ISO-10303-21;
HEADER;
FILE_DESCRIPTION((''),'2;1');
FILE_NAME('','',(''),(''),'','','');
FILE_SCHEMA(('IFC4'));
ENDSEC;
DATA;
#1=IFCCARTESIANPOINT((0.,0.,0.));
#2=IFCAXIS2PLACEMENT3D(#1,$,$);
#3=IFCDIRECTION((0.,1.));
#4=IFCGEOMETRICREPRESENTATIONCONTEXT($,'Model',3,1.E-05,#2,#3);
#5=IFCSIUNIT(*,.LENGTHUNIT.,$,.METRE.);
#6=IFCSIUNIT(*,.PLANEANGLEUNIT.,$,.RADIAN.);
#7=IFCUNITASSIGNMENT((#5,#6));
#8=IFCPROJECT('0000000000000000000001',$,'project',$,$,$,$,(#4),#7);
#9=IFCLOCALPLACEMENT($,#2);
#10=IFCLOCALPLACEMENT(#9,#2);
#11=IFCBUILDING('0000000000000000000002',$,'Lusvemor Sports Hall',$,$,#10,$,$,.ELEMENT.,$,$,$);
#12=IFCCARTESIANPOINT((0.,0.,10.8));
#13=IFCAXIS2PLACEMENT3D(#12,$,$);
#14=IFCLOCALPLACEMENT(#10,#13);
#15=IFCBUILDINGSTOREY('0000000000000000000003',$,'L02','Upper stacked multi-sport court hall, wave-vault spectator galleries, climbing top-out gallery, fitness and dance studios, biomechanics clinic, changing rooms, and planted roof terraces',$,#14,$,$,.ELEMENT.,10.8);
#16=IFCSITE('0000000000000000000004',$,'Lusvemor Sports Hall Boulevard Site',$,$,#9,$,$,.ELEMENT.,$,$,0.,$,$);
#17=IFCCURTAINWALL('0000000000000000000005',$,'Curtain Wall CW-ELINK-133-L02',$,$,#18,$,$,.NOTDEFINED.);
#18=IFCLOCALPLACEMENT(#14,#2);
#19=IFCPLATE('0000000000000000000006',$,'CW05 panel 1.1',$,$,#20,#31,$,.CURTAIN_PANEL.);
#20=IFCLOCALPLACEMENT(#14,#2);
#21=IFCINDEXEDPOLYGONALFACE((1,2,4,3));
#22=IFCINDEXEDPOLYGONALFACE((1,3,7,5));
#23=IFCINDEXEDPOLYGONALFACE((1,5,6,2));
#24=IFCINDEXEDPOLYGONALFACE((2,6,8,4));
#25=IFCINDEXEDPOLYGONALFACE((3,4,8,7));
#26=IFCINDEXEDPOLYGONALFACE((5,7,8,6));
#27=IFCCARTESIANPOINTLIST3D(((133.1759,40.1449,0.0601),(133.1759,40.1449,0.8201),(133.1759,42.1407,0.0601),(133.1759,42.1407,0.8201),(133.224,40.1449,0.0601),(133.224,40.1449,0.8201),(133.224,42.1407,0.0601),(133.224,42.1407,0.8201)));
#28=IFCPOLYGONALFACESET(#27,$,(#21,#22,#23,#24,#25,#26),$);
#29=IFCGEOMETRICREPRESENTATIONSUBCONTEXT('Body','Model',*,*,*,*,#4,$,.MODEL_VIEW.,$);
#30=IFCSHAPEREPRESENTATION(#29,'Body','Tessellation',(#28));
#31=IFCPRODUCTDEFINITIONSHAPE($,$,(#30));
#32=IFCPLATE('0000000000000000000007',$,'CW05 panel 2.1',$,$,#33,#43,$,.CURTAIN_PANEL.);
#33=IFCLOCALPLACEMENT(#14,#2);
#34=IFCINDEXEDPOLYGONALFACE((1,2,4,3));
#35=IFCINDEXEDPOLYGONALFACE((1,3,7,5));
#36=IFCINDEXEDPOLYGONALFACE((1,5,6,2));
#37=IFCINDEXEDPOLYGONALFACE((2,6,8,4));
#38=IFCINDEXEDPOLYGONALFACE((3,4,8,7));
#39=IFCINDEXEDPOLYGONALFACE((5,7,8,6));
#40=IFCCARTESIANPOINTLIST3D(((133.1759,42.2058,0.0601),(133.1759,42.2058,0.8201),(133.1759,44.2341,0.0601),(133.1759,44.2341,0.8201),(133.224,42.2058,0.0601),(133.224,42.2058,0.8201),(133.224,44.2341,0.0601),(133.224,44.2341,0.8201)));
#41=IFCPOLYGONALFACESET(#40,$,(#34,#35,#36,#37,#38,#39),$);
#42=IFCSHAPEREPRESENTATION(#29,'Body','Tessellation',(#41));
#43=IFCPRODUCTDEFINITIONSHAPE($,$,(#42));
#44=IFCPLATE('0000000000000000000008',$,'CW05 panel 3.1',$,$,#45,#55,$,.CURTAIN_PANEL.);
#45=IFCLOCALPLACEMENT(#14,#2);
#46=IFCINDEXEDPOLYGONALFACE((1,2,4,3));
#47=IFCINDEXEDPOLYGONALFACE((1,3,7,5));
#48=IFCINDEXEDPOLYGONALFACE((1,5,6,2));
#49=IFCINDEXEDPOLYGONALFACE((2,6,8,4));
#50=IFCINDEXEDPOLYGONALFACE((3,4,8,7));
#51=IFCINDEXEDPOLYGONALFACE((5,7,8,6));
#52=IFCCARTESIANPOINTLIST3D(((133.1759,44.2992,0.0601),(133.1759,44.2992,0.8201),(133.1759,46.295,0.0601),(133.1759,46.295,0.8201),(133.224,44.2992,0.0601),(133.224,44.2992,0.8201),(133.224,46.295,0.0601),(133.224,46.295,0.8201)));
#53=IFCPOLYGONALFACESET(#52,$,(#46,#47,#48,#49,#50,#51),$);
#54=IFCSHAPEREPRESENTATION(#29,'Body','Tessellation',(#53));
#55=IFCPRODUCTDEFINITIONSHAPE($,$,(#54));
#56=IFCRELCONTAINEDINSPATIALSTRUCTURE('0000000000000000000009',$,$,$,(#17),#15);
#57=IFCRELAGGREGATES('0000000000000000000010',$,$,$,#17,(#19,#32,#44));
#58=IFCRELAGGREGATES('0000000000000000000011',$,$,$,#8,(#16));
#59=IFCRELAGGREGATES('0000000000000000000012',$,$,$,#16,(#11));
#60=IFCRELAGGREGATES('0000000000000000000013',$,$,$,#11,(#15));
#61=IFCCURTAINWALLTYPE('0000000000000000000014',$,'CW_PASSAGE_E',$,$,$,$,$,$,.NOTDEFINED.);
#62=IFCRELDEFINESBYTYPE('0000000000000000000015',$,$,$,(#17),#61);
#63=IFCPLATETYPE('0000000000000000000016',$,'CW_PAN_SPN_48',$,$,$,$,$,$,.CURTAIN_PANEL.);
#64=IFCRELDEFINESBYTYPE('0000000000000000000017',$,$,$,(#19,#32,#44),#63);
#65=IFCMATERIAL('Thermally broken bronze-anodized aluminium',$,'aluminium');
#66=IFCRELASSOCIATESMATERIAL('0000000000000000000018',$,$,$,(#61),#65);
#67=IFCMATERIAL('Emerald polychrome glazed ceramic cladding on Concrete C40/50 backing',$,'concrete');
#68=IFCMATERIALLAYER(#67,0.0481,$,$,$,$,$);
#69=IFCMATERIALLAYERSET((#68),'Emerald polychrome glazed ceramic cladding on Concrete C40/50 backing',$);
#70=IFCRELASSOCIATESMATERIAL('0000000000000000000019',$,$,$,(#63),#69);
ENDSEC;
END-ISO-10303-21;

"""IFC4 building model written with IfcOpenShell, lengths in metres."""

from ifc_helpers import new_model, si_unit, direction, frame, origin, origin_2d, place, context, subcontext, project, spatial, rectangle, extrude, material, layer, layer_set, type_object, element, aggregate, save


model = new_model("IFC4")

# Units and contexts
model_context = context("Model", 3, precision=1e-05, world=origin(), true_north=direction((0.0, 1.0)))
body_context = subcontext(model_context, "Body", "Model", "MODEL_VIEW")
ifc_project = project(units=[si_unit("LENGTHUNIT", "METRE"), si_unit("PLANEANGLEUNIT", "RADIAN")], contexts=[model_context])

# Site, building, storey
site_placement = place(None, origin())
site = spatial("IfcSite", under=ifc_project, at=site_placement, Name="Lusvemor Sports Hall Boulevard Site", CompositionType="ELEMENT", RefElevation=0.0)
building_placement = place(site_placement, origin())
building = spatial("IfcBuilding", under=site, at=building_placement, Name="Lusvemor Sports Hall", CompositionType="ELEMENT")
storey_placement = place(building_placement, frame((0.0, 0.0, 10.8)))
storey = spatial("IfcBuildingStorey", under=building, at=storey_placement, Name="L02", Description="Upper stacked multi-sport court hall, wave-vault spectator galleries, climbing top-out gallery, fitness and dance studios, biomechanics clinic, changing rooms, and planted roof terraces", CompositionType="ELEMENT", Elevation=10.8)

# Curtain wall
ifc_material_1 = material(Name="Thermally broken bronze-anodized aluminium", Category="aluminium")
curtain_wall_type_1 = type_object("IfcCurtainWallType", Name="CW_PASSAGE_E", PredefinedType="NOTDEFINED", material=ifc_material_1)
curtain_wall_1_placement = place(storey_placement, origin())
curtain_wall_1 = element("IfcCurtainWall", 1, at=curtain_wall_1_placement, inside=storey, type_object=curtain_wall_type_1, Name="Curtain Wall CW-ELINK-133-L02", PredefinedType="NOTDEFINED")

# Plates
ifc_material_2 = material(Name="Emerald polychrome glazed ceramic cladding on Concrete C40/50 backing", Category="concrete")
ifc_layer_1 = layer(ifc_material_2, 0.0481)
ifc_layer_set_1 = layer_set([ifc_layer_1], Name="Emerald polychrome glazed ceramic cladding on Concrete C40/50 backing")
plate_type_1 = type_object("IfcPlateType", Name="CW_PAN_SPN_48", PredefinedType="CURTAIN_PANEL", material=ifc_layer_set_1)
plate_1_placement = place(storey_placement, frame((133.2, 41.1428, 0.0601), z_axis=(0.0, 0.0, 1.0), x_axis=(0.0, 1.0, 0.0)))
plate_1 = element("IfcPlate", 2, at=plate_1_placement, type_object=plate_type_1, Name="CW05 panel 1.1", PredefinedType="CURTAIN_PANEL", context=body_context, shape_type="SweptSolid", body=[
    extrude(rectangle(XDim=1.9958, YDim=0.0481, at=origin_2d()), origin(), (0.0, 0.0, 1.0), 0.76),
])
plate_2_placement = place(storey_placement, frame((133.2, 43.22, 0.0601), z_axis=(0.0, 0.0, 1.0), x_axis=(0.0, 1.0, 0.0)))
plate_2 = element("IfcPlate", 3, at=plate_2_placement, type_object=plate_type_1, Name="CW05 panel 2.1", PredefinedType="CURTAIN_PANEL", context=body_context, shape_type="SweptSolid", body=[
    extrude(rectangle(XDim=2.0283, YDim=0.0481, at=origin_2d()), origin(), (0.0, 0.0, 1.0), 0.76),
])
plate_3_placement = place(storey_placement, frame((133.2, 45.2971, 0.0601), z_axis=(0.0, 0.0, 1.0), x_axis=(0.0, 1.0, 0.0)))
plate_3 = element("IfcPlate", 4, at=plate_3_placement, type_object=plate_type_1, Name="CW05 panel 3.1", PredefinedType="CURTAIN_PANEL", context=body_context, shape_type="SweptSolid", body=[
    extrude(rectangle(XDim=1.9958, YDim=0.0481, at=origin_2d()), origin(), (0.0, 0.0, 1.0), 0.76),
])
aggregate(curtain_wall_1, [plate_1, plate_2, plate_3])

save(model, "model.ifc")
